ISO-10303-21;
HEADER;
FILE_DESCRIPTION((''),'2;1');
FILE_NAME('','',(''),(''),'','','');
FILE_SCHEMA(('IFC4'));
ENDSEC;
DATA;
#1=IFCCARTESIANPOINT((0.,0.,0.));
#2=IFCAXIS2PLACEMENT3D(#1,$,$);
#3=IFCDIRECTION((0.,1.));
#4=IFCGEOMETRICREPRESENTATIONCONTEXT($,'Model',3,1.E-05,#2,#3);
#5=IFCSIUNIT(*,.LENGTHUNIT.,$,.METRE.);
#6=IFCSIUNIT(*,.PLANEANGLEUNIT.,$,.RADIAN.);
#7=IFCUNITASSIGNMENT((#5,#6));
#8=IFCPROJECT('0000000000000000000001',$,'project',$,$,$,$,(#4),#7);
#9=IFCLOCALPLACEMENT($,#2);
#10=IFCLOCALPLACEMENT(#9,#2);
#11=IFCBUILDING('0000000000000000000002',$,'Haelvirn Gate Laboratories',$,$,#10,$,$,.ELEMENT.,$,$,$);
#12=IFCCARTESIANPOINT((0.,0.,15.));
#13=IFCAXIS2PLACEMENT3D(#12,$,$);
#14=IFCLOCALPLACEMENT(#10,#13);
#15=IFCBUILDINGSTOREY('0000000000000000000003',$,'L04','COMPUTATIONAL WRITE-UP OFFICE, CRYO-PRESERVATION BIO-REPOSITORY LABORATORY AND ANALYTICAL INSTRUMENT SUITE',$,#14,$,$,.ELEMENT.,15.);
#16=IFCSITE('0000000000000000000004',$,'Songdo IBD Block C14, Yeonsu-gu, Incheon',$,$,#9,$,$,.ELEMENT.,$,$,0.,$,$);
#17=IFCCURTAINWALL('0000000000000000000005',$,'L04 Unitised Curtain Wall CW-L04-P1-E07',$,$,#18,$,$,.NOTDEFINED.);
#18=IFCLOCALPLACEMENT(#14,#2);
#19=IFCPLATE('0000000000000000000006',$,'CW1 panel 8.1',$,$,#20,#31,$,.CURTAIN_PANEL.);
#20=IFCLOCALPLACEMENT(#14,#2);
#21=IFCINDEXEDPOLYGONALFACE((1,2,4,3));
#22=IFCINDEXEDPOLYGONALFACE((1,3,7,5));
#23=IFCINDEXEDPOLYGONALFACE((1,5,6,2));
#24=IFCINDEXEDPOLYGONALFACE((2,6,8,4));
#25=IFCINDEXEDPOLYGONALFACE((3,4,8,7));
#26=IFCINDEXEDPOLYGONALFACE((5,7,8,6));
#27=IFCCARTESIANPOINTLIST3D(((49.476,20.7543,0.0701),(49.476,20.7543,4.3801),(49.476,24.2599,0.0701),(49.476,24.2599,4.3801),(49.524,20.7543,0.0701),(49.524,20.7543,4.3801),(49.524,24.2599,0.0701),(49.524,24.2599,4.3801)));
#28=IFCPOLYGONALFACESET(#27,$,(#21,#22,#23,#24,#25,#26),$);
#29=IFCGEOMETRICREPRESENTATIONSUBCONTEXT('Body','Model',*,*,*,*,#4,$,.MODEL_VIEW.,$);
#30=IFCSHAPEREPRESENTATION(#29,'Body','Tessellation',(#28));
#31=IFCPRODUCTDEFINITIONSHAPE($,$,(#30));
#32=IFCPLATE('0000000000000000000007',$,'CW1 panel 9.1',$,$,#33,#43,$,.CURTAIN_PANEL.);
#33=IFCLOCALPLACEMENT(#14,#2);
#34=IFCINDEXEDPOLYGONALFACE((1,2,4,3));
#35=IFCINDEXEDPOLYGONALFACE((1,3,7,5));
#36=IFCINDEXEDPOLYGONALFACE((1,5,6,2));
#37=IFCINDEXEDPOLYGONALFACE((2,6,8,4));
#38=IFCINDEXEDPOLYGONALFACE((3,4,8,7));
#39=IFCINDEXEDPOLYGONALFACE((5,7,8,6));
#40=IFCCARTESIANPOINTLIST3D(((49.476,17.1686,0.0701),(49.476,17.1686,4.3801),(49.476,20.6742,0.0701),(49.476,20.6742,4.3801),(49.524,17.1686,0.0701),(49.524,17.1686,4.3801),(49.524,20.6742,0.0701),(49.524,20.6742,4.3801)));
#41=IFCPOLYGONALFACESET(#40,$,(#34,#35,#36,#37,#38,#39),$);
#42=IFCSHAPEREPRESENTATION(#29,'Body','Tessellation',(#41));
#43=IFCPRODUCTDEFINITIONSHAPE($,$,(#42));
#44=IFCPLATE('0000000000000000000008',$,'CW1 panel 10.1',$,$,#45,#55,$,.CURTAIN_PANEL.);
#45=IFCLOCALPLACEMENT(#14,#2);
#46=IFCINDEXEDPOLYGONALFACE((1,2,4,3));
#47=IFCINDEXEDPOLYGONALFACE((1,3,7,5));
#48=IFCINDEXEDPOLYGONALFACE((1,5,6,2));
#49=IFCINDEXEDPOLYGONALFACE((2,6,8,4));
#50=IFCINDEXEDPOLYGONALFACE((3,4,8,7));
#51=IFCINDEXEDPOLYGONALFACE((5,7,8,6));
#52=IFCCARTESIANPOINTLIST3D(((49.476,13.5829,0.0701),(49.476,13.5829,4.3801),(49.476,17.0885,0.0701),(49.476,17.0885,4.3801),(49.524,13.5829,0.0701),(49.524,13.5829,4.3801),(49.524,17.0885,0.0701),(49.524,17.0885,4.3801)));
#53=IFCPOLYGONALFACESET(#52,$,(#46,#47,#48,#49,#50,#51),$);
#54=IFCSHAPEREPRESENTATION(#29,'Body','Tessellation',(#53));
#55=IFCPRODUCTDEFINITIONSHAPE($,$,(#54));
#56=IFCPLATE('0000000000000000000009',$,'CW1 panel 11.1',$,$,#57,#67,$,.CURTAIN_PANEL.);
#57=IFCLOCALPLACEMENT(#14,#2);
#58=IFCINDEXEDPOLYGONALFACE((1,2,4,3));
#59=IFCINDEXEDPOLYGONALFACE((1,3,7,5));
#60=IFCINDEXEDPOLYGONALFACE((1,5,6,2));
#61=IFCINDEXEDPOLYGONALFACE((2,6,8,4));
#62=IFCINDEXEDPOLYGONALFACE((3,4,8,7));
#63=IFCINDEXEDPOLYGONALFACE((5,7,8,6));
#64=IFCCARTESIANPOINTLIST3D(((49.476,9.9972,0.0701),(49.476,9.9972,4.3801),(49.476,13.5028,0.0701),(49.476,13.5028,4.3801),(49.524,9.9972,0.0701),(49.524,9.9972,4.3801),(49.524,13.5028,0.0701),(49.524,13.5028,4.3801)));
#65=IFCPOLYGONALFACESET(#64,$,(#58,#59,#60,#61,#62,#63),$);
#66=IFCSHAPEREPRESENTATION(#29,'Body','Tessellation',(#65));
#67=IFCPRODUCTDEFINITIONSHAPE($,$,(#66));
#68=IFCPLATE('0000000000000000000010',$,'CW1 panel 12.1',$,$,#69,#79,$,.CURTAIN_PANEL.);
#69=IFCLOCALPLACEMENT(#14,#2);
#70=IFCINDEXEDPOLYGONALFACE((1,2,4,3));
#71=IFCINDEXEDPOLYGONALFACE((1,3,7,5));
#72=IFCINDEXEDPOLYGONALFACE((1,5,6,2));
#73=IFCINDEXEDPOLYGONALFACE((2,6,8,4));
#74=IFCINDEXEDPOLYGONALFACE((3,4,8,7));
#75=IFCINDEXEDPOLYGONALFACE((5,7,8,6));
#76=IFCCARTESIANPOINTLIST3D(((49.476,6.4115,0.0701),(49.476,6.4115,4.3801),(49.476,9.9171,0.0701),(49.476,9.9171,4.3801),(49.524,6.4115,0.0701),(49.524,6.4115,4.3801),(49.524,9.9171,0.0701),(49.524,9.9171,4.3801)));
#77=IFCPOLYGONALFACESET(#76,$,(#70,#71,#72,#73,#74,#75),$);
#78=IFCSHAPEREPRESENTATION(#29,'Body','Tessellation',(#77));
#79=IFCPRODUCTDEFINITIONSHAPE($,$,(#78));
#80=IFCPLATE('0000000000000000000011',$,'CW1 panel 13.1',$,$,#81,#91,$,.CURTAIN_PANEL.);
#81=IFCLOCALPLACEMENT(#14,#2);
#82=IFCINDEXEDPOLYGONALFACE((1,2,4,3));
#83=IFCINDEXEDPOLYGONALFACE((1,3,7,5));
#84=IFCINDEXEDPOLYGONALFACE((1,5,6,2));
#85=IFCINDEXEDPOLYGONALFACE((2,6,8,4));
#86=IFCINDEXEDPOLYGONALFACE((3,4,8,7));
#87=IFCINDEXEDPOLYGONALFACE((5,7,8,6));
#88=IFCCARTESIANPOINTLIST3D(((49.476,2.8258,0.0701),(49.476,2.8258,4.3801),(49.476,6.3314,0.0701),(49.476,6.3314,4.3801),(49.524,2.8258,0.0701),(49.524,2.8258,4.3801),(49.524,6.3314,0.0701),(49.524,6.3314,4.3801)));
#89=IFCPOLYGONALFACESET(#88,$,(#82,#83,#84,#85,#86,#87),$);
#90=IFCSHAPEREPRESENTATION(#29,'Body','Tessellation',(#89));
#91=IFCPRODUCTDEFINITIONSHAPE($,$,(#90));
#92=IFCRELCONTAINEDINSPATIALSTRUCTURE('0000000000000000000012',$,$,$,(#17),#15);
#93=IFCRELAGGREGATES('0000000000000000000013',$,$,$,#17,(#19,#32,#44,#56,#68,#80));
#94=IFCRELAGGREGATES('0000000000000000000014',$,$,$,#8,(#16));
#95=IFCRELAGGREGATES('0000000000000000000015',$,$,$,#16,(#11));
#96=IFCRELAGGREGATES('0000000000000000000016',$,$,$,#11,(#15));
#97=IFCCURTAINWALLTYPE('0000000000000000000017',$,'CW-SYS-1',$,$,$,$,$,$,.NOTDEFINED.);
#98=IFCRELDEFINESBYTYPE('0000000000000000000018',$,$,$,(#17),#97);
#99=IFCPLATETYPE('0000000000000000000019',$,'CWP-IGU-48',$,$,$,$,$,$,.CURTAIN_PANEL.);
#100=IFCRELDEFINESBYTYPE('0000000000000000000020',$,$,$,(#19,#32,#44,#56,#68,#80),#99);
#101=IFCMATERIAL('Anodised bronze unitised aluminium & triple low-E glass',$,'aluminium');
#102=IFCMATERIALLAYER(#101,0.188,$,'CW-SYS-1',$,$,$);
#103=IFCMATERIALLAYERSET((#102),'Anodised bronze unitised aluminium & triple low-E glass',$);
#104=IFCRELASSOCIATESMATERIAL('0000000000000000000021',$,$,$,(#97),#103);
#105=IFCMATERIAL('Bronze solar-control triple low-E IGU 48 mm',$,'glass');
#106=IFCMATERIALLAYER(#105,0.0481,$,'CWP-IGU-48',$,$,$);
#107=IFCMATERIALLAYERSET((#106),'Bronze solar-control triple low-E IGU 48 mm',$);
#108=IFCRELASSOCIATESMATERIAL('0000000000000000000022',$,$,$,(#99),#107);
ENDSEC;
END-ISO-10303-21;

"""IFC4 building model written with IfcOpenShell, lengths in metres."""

from ifc_helpers import new_model, si_unit, direction, frame, origin, origin_2d, place, context, subcontext, project, spatial, rectangle, extrude, source, transform, mapped, material, layer, layer_set, type_object, element, aggregate, save


model = new_model("IFC4")

# Units and contexts
model_context = context("Model", 3, precision=1e-05, world=origin(), true_north=direction((0.0, 1.0)))
body_context = subcontext(model_context, "Body", "Model", "MODEL_VIEW")
ifc_project = project(units=[si_unit("LENGTHUNIT", "METRE"), si_unit("PLANEANGLEUNIT", "RADIAN")], contexts=[model_context])

# Site, building, storey
site_placement = place(None, origin())
site = spatial("IfcSite", under=ifc_project, at=site_placement, Name="Songdo IBD Block C14, Yeonsu-gu, Incheon", CompositionType="ELEMENT", RefElevation=0.0)
building_placement = place(site_placement, origin())
building = spatial("IfcBuilding", under=site, at=building_placement, Name="Haelvirn Gate Laboratories", CompositionType="ELEMENT")
storey_placement = place(building_placement, frame((0.0, 0.0, 15.0)))
storey = spatial("IfcBuildingStorey", under=building, at=storey_placement, Name="L04", Description="COMPUTATIONAL WRITE-UP OFFICE, CRYO-PRESERVATION BIO-REPOSITORY LABORATORY AND ANALYTICAL INSTRUMENT SUITE", CompositionType="ELEMENT", Elevation=15.0)

# Curtain wall
ifc_material_1 = material(Name="Anodised bronze unitised aluminium & triple low-E glass", Category="aluminium")
ifc_layer_1 = layer(ifc_material_1, 0.188, Name="CW-SYS-1")
ifc_layer_set_1 = layer_set([ifc_layer_1], Name="Anodised bronze unitised aluminium & triple low-E glass")
curtain_wall_type = type_object("IfcCurtainWallType", Name="CW-SYS-1", PredefinedType="NOTDEFINED", material=ifc_layer_set_1)
curtain_wall_1_placement = place(storey_placement, origin())
curtain_wall_1 = element("IfcCurtainWall", 1, at=curtain_wall_1_placement, inside=storey, type_object=curtain_wall_type, Name="L04 Unitised Curtain Wall CW-L04-P1-E07", PredefinedType="NOTDEFINED")

# Plates
ifc_material_2 = material(Name="Bronze solar-control triple low-E IGU 48 mm", Category="glass")
ifc_layer_2 = layer(ifc_material_2, 0.0481, Name="CWP-IGU-48")
ifc_layer_set_2 = layer_set([ifc_layer_2], Name="Bronze solar-control triple low-E IGU 48 mm")
plate_type = type_object("IfcPlateType", Name="CWP-IGU-48", PredefinedType="CURTAIN_PANEL", material=ifc_layer_set_2)
shared_shape_1 = source(origin(), body_context, "Body", "SweptSolid", [
    extrude(rectangle(XDim=3.5056, YDim=0.0481, at=origin_2d()), origin(), (0.0, 0.0, 1.0), 4.3101),
])
plate_1_placement = place(storey_placement, frame((49.5, 22.5071, 0.0701), z_axis=(0.0, 0.0, 1.0), x_axis=(0.0, -1.0, 0.0)))
plate_1 = element("IfcPlate", 2, at=plate_1_placement, type_object=plate_type, Name="CW1 panel 8.1", PredefinedType="CURTAIN_PANEL", context=body_context, shape_type="MappedRepresentation", body=[
    mapped(shared_shape_1, transform((0.0, 0.0, 0.0), scale=1.0)),
])
plate_2_placement = place(storey_placement, frame((49.5, 18.9214, 0.0701), z_axis=(0.0, 0.0, 1.0), x_axis=(0.0, -1.0, 0.0)))
plate_2 = element("IfcPlate", 3, at=plate_2_placement, type_object=plate_type, Name="CW1 panel 9.1", PredefinedType="CURTAIN_PANEL", context=body_context, shape_type="MappedRepresentation", body=[
    mapped(shared_shape_1, transform((0.0, 0.0, 0.0), scale=1.0)),
])
plate_3_placement = place(storey_placement, frame((49.5, 15.3357, 0.0701), z_axis=(0.0, 0.0, 1.0), x_axis=(0.0, -1.0, 0.0)))
plate_3 = element("IfcPlate", 4, at=plate_3_placement, type_object=plate_type, Name="CW1 panel 10.1", PredefinedType="CURTAIN_PANEL", context=body_context, shape_type="MappedRepresentation", body=[
    mapped(shared_shape_1, transform((0.0, 0.0, 0.0), scale=1.0)),
])
plate_4_placement = place(storey_placement, frame((49.5, 11.75, 0.0701), z_axis=(0.0, 0.0, 1.0), x_axis=(0.0, -1.0, 0.0)))
plate_4 = element("IfcPlate", 5, at=plate_4_placement, type_object=plate_type, Name="CW1 panel 11.1", PredefinedType="CURTAIN_PANEL", context=body_context, shape_type="MappedRepresentation", body=[
    mapped(shared_shape_1, transform((0.0, 0.0, 0.0), scale=1.0)),
])
plate_5_placement = place(storey_placement, frame((49.5, 8.1643, 0.0701), z_axis=(0.0, 0.0, 1.0), x_axis=(0.0, -1.0, 0.0)))
plate_5 = element("IfcPlate", 6, at=plate_5_placement, type_object=plate_type, Name="CW1 panel 12.1", PredefinedType="CURTAIN_PANEL", context=body_context, shape_type="MappedRepresentation", body=[
    mapped(shared_shape_1, transform((0.0, 0.0, 0.0), scale=1.0)),
])
plate_6_placement = place(storey_placement, frame((49.5, 4.5786, 0.0701), z_axis=(0.0, 0.0, 1.0), x_axis=(0.0, -1.0, 0.0)))
plate_6 = element("IfcPlate", 7, at=plate_6_placement, type_object=plate_type, Name="CW1 panel 13.1", PredefinedType="CURTAIN_PANEL", context=body_context, shape_type="MappedRepresentation", body=[
    mapped(shared_shape_1, transform((0.0, 0.0, 0.0), scale=1.0)),
])
aggregate(curtain_wall_1, [plate_1, plate_2, plate_3, plate_4, plate_5, plate_6])

save(model, "model.ifc")
